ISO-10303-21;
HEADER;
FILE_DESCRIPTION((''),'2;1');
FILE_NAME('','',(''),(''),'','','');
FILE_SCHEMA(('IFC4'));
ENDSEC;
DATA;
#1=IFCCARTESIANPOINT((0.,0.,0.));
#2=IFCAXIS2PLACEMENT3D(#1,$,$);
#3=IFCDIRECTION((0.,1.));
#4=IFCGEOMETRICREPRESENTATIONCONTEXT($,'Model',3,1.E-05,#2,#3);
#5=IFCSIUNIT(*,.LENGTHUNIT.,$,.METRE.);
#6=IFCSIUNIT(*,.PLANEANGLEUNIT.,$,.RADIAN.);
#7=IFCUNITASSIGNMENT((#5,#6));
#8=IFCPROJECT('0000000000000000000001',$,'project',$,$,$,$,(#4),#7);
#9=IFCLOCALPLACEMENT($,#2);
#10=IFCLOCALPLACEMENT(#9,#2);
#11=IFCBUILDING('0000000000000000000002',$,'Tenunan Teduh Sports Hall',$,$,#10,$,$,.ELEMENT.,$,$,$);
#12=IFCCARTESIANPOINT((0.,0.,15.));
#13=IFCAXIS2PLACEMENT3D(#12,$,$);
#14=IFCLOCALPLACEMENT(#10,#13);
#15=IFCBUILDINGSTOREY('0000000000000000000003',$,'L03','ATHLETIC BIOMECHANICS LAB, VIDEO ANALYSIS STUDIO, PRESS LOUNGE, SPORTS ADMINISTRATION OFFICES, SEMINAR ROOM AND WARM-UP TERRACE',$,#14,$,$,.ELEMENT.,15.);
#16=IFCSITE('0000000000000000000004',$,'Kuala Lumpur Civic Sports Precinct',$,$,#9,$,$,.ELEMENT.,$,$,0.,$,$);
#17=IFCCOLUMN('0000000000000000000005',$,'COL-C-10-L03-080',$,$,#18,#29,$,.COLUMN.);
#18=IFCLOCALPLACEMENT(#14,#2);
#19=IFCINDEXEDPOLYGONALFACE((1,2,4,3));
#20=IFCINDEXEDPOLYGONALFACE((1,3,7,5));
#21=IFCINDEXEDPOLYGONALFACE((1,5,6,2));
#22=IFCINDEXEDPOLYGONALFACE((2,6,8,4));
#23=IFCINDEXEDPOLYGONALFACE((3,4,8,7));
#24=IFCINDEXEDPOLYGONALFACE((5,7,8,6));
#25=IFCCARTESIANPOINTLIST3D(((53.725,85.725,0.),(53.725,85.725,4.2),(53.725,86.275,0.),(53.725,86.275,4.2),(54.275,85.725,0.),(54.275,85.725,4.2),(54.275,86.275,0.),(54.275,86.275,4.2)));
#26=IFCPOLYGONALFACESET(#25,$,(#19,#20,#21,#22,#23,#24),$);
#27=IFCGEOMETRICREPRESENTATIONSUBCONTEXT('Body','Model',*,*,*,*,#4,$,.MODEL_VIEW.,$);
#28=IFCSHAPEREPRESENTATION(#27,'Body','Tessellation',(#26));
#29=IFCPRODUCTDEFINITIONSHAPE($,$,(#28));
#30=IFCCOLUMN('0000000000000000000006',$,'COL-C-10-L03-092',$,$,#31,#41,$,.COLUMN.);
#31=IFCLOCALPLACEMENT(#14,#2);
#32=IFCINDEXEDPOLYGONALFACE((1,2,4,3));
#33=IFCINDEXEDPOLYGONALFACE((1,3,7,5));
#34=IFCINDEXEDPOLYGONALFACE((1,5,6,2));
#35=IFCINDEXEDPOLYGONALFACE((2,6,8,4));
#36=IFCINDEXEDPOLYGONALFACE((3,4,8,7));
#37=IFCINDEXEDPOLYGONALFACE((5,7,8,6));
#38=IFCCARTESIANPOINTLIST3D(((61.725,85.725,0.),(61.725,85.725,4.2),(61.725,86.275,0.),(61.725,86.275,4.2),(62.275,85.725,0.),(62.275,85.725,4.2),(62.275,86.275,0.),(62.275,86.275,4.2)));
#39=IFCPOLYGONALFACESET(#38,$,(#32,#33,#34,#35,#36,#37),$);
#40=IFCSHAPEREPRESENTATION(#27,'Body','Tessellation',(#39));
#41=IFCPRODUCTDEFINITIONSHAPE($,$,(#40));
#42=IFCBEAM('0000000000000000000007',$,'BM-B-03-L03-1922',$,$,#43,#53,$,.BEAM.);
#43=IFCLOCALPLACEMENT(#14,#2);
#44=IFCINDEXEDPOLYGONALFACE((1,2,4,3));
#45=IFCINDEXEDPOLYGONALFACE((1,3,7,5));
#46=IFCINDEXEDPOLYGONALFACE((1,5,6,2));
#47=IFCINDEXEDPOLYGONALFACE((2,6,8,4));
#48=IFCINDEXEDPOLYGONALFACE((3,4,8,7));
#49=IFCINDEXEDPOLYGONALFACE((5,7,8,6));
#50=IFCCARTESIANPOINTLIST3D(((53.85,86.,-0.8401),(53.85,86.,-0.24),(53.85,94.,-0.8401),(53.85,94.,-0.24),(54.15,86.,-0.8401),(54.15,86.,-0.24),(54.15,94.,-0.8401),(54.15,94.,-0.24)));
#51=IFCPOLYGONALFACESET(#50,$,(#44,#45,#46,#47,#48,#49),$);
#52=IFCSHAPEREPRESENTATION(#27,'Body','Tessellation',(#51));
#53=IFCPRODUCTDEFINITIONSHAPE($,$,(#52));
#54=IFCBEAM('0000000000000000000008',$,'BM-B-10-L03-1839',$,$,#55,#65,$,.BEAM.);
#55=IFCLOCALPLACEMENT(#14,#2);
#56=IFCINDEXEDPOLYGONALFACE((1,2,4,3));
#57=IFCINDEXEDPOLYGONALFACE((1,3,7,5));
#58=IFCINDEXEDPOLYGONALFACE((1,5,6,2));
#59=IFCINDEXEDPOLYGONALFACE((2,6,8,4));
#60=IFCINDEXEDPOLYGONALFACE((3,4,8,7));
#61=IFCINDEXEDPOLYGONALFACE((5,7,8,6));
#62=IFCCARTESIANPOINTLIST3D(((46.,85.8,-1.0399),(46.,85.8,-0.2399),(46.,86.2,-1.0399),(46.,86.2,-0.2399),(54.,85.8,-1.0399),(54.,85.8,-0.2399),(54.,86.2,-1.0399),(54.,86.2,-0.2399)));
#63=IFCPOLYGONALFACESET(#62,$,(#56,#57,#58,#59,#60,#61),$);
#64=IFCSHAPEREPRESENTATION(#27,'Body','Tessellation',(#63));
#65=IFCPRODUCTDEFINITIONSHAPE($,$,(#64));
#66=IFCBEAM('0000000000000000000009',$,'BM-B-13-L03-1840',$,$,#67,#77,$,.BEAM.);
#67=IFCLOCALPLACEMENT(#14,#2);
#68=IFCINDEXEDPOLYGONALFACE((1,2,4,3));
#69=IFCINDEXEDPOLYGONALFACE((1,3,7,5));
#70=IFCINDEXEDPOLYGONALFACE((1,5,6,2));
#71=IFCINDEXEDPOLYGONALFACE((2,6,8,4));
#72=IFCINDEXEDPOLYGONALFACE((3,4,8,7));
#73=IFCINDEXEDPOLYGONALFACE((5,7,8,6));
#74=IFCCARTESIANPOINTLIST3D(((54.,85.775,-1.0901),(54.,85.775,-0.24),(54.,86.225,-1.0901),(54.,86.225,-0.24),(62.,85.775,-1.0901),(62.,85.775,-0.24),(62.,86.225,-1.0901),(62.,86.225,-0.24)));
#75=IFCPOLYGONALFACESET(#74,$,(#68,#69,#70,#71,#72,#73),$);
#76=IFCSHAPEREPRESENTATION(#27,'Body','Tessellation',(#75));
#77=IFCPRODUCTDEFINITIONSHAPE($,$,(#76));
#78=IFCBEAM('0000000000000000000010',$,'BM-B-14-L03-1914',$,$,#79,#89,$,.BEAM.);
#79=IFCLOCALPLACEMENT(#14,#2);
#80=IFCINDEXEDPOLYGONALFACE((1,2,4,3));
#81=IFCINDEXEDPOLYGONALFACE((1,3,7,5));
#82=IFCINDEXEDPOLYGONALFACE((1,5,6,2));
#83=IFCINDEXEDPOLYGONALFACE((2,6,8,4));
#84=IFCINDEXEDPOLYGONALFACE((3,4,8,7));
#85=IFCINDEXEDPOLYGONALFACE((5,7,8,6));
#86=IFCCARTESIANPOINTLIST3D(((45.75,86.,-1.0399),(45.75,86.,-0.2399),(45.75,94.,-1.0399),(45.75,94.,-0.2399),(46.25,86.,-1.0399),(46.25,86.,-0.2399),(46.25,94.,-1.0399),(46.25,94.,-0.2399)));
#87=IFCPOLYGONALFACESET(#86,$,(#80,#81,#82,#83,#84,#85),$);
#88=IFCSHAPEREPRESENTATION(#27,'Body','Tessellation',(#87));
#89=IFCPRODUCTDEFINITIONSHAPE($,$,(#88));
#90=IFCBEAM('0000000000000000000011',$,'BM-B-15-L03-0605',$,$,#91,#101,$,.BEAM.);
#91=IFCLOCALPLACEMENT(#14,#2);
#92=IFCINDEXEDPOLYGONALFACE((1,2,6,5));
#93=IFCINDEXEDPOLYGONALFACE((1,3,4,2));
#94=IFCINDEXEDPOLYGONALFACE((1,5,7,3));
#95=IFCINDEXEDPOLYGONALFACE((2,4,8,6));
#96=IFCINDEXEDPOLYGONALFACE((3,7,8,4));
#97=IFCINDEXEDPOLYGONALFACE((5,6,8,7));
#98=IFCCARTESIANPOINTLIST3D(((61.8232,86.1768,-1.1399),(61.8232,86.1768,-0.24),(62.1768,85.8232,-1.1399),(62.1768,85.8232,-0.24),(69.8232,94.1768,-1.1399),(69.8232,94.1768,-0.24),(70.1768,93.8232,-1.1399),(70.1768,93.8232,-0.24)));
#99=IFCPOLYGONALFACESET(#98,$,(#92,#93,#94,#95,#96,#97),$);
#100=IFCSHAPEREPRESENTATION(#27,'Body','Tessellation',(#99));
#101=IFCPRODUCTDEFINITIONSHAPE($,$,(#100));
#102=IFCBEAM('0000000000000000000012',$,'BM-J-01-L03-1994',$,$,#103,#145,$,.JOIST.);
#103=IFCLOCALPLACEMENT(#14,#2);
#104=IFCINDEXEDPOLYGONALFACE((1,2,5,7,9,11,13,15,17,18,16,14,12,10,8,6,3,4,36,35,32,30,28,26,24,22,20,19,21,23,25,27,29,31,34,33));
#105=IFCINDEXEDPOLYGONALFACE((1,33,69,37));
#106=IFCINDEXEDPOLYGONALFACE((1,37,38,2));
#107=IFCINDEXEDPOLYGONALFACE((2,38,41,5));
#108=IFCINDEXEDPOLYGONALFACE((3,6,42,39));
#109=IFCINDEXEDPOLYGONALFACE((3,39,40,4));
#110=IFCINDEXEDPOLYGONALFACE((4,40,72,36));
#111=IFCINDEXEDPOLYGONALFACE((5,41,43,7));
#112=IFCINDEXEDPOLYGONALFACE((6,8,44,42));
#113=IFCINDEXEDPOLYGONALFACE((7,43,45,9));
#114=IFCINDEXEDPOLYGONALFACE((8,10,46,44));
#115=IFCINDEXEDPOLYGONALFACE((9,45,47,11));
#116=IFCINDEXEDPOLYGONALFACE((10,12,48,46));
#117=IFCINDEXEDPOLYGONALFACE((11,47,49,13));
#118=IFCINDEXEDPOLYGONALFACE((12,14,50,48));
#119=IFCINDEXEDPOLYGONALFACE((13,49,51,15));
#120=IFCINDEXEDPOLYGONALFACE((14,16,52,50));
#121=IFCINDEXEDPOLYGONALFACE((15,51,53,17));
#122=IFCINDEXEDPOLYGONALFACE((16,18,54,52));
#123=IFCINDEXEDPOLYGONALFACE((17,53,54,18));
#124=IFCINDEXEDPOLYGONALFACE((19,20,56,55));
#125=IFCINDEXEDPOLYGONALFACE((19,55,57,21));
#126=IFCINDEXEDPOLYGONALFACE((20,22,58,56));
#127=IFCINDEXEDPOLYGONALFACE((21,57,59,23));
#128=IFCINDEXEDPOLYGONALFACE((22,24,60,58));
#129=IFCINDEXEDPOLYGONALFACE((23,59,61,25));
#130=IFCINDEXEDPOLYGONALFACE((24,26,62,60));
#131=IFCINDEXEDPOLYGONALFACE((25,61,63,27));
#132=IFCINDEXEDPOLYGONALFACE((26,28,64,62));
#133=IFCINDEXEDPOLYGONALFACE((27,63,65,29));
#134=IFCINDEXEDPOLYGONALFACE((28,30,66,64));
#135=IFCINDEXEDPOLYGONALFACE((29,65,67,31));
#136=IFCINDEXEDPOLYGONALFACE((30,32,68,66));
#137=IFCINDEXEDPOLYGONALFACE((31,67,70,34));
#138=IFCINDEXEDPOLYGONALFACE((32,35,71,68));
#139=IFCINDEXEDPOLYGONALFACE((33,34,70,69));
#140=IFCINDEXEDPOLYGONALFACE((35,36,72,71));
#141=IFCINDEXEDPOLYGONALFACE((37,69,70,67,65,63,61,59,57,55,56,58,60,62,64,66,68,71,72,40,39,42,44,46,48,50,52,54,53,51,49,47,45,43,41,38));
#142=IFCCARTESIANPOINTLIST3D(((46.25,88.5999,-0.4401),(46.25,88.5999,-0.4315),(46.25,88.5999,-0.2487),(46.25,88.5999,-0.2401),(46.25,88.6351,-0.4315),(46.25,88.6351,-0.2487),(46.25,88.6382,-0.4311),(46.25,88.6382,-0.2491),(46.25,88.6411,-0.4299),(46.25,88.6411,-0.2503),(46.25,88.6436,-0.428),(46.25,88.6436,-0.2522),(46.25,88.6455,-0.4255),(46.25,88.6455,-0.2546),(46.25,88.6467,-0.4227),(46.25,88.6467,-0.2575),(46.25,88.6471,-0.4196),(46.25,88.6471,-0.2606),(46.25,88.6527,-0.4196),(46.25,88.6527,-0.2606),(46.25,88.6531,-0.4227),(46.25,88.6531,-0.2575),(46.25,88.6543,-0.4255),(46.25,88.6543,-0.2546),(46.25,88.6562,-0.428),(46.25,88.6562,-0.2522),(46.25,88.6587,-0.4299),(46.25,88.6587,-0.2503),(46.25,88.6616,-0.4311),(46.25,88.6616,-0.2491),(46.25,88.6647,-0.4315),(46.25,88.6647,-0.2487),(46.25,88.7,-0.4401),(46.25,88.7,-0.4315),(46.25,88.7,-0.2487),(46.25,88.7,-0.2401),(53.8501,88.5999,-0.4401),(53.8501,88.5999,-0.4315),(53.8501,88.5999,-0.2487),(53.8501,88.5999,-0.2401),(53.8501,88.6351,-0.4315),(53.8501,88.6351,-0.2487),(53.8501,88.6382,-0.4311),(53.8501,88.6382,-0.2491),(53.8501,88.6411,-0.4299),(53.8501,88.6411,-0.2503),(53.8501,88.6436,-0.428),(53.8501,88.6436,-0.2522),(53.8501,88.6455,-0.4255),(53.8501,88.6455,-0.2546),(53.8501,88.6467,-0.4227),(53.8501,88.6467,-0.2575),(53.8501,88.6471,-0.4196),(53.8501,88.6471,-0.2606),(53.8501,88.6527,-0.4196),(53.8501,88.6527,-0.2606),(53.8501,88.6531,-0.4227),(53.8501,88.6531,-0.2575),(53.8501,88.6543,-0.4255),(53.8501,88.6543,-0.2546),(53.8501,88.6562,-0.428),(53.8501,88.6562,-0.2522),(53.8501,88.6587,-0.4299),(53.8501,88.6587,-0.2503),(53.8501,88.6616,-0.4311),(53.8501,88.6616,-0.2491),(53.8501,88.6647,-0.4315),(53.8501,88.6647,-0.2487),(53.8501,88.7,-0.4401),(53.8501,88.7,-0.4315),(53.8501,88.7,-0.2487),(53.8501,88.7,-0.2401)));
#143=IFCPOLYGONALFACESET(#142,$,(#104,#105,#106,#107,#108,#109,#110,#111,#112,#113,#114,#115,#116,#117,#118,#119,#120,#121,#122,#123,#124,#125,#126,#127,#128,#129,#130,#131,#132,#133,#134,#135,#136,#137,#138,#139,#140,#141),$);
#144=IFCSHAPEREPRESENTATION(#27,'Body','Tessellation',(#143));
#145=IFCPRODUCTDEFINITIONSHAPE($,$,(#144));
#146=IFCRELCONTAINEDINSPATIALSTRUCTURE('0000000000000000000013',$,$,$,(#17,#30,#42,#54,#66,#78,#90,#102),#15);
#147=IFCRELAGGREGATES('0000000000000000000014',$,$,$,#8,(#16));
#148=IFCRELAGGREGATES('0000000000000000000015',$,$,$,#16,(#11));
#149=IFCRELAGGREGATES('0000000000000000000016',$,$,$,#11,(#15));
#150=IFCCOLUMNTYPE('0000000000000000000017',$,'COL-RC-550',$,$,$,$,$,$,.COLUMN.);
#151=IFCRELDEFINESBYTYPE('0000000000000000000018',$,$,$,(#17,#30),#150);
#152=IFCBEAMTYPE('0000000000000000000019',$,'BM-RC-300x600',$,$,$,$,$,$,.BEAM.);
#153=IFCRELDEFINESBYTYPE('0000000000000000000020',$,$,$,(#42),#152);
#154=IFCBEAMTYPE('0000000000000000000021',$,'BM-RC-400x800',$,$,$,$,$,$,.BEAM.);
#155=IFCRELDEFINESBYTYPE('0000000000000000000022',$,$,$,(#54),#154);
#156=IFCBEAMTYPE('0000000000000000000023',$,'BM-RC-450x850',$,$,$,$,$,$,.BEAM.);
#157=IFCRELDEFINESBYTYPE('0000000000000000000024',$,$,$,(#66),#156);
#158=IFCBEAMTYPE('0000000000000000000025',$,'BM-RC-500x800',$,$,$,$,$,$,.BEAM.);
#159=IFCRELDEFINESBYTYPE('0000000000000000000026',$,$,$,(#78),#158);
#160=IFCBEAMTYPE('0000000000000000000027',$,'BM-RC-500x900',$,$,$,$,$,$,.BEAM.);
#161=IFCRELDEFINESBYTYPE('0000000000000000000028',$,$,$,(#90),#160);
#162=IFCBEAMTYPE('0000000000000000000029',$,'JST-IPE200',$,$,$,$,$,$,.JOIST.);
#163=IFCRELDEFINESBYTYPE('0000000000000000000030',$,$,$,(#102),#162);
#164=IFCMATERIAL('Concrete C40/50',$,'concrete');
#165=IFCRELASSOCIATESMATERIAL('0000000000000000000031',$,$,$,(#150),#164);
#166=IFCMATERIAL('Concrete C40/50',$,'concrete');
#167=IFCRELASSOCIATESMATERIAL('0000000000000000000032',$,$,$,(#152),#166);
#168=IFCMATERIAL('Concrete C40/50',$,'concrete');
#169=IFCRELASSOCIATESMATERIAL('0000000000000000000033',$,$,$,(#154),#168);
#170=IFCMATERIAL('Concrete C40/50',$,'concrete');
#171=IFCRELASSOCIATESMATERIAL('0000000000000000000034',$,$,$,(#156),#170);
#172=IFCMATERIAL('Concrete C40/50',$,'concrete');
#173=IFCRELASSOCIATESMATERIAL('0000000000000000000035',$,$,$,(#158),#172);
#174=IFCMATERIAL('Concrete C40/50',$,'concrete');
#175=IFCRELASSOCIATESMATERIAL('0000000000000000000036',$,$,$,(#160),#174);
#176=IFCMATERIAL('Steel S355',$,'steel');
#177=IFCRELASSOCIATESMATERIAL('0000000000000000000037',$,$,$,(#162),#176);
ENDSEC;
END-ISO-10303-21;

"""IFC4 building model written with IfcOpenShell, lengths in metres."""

from ifc_helpers import new_model, si_unit, direction, frame, origin, origin_2d, place, context, subcontext, project, spatial, rectangle, i_section, extrude, material, material_profile, profile_set, type_object, element, save


model = new_model("IFC4")

# Units and contexts
model_context = context("Model", 3, precision=1e-05, world=origin(), true_north=direction((0.0, 1.0)))
body_context = subcontext(model_context, "Body", "Model", "MODEL_VIEW")
ifc_project = project(units=[si_unit("LENGTHUNIT", "METRE"), si_unit("PLANEANGLEUNIT", "RADIAN")], contexts=[model_context])

# Site, building, storey
site_placement = place(None, origin())
site = spatial("IfcSite", under=ifc_project, at=site_placement, Name="Kuala Lumpur Civic Sports Precinct", CompositionType="ELEMENT", RefElevation=0.0)
building_placement = place(site_placement, origin())
building = spatial("IfcBuilding", under=site, at=building_placement, Name="Tenunan Teduh Sports Hall", CompositionType="ELEMENT")
storey_placement = place(building_placement, frame((0.0, 0.0, 15.0)))
storey = spatial("IfcBuildingStorey", under=building, at=storey_placement, Name="L03", Description="ATHLETIC BIOMECHANICS LAB, VIDEO ANALYSIS STUDIO, PRESS LOUNGE, SPORTS ADMINISTRATION OFFICES, SEMINAR ROOM AND WARM-UP TERRACE", CompositionType="ELEMENT", Elevation=15.0)

# Columns
ifc_material_1 = material(Name="Concrete C40/50", Category="concrete")
ifc_material_profile_1 = material_profile(ifc_material_1, rectangle(XDim=0.55, YDim=0.55, at=origin_2d()), Name="RC 550x550")
ifc_profile_set_1 = profile_set([ifc_material_profile_1], Name="Concrete C40/50")
column_type = type_object("IfcColumnType", Name="COL-RC-550", PredefinedType="COLUMN", material=ifc_profile_set_1)
for number, where, z_axis, x_axis, name in (
    (1, (54.0, 86.0, 0.0), (0.0, 0.0, 1.0), (1.0, 0.0, 0.0), "COL-C-10-L03-080"),
    (2, (62.0, 86.0, 0.0), (0.0, 0.0, 1.0), (1.0, 0.0, 0.0), "COL-C-10-L03-092"),
):
    element("IfcColumn", number, at=place(storey_placement, frame(where, z_axis=z_axis, x_axis=x_axis)), inside=storey, type_object=column_type, Name=name, PredefinedType="COLUMN", context=body_context, shape_type="SweptSolid", body=[
        extrude(rectangle(XDim=0.55, YDim=0.55, at=origin_2d()), origin(), (0.0, 0.0, 1.0), 4.2),
    ])

# Beams
ifc_material_2 = material(Name="Concrete C40/50", Category="concrete")
ifc_material_profile_2 = material_profile(ifc_material_2, rectangle(XDim=0.3, YDim=0.6001, at=origin_2d()), Name="RCB 300x600")
ifc_profile_set_2 = profile_set([ifc_material_profile_2], Name="Concrete C40/50")
beam_type_1 = type_object("IfcBeamType", Name="BM-RC-300x600", PredefinedType="BEAM", material=ifc_profile_set_2)
beam_1_placement = place(storey_placement, frame((54.0, 86.0, -0.54), z_axis=(0.0, 1.0, 0.0), x_axis=(-1.0, 0.0, 0.0)))
element("IfcBeam", 3, at=beam_1_placement, inside=storey, type_object=beam_type_1, Name="BM-B-03-L03-1922", PredefinedType="BEAM", context=body_context, shape_type="SweptSolid", body=[
    extrude(rectangle(XDim=0.3, YDim=0.6001, at=origin_2d()), origin(), (0.0, 0.0, 1.0), 8.0),
])
ifc_material_3 = material(Name="Concrete C40/50", Category="concrete")
ifc_material_profile_3 = material_profile(ifc_material_3, rectangle(XDim=0.3999, YDim=0.8, at=origin_2d()), Name="RCB 400x800")
ifc_profile_set_3 = profile_set([ifc_material_profile_3], Name="Concrete C40/50")
beam_type_2 = type_object("IfcBeamType", Name="BM-RC-400x800", PredefinedType="BEAM", material=ifc_profile_set_3)
beam_2_placement = place(storey_placement, frame((46.0, 86.0, -0.6399), z_axis=(1.0, 0.0, 0.0), x_axis=(0.0, 1.0, 0.0)))
element("IfcBeam", 4, at=beam_2_placement, inside=storey, type_object=beam_type_2, Name="BM-B-10-L03-1839", PredefinedType="BEAM", context=body_context, shape_type="SweptSolid", body=[
    extrude(rectangle(XDim=0.3999, YDim=0.8, at=origin_2d()), origin(), (0.0, 0.0, 1.0), 8.0),
])
ifc_material_4 = material(Name="Concrete C40/50", Category="concrete")
ifc_material_profile_4 = material_profile(ifc_material_4, rectangle(XDim=0.45, YDim=0.8501, at=origin_2d()), Name="RCB 450x850")
ifc_profile_set_4 = profile_set([ifc_material_profile_4], Name="Concrete C40/50")
beam_type_3 = type_object("IfcBeamType", Name="BM-RC-450x850", PredefinedType="BEAM", material=ifc_profile_set_4)
beam_3_placement = place(storey_placement, frame((54.0, 86.0, -0.665), z_axis=(1.0, 0.0, 0.0), x_axis=(0.0, 1.0, 0.0)))
element("IfcBeam", 5, at=beam_3_placement, inside=storey, type_object=beam_type_3, Name="BM-B-13-L03-1840", PredefinedType="BEAM", context=body_context, shape_type="SweptSolid", body=[
    extrude(rectangle(XDim=0.45, YDim=0.8501, at=origin_2d()), origin(), (0.0, 0.0, 1.0), 8.0),
])
ifc_material_5 = material(Name="Concrete C40/50", Category="concrete")
ifc_material_profile_5 = material_profile(ifc_material_5, rectangle(XDim=0.5, YDim=0.8, at=origin_2d()), Name="RCB 500x800")
ifc_profile_set_5 = profile_set([ifc_material_profile_5], Name="Concrete C40/50")
beam_type_4 = type_object("IfcBeamType", Name="BM-RC-500x800", PredefinedType="BEAM", material=ifc_profile_set_5)
beam_4_placement = place(storey_placement, frame((46.0, 86.0, -0.6399), z_axis=(0.0, 1.0, 0.0), x_axis=(-1.0, 0.0, 0.0)))
element("IfcBeam", 6, at=beam_4_placement, inside=storey, type_object=beam_type_4, Name="BM-B-14-L03-1914", PredefinedType="BEAM", context=body_context, shape_type="SweptSolid", body=[
    extrude(rectangle(XDim=0.5, YDim=0.8, at=origin_2d()), origin(), (0.0, 0.0, 1.0), 8.0),
])
ifc_material_6 = material(Name="Concrete C40/50", Category="concrete")
ifc_material_profile_6 = material_profile(ifc_material_6, rectangle(XDim=0.5, YDim=0.8999, at=origin_2d()), Name="RCB 500x900")
ifc_profile_set_6 = profile_set([ifc_material_profile_6], Name="Concrete C40/50")
beam_type_5 = type_object("IfcBeamType", Name="BM-RC-500x900", PredefinedType="BEAM", material=ifc_profile_set_6)
beam_5_placement = place(storey_placement, frame((62.0, 86.0, -0.6899), z_axis=(0.707107, 0.707107, 0.0), x_axis=(-0.707107, 0.707107, 0.0)))
element("IfcBeam", 7, at=beam_5_placement, inside=storey, type_object=beam_type_5, Name="BM-B-15-L03-0605", PredefinedType="BEAM", context=body_context, shape_type="SweptSolid", body=[
    extrude(rectangle(XDim=0.5, YDim=0.8999, at=origin_2d()), origin(), (0.0, 0.0, 1.0), 11.3137),
])
ifc_material_7 = material(Name="Steel S355", Category="steel")
ifc_material_profile_7 = material_profile(ifc_material_7, i_section(OverallWidth=0.1001, OverallDepth=0.2, WebThickness=0.0056, FlangeThickness=0.0085, FilletRadius=0.012, at=origin_2d()), Name="IPE 200")
ifc_profile_set_7 = profile_set([ifc_material_profile_7], Name="Steel S355")
beam_type_6 = type_object("IfcBeamType", Name="JST-IPE200", PredefinedType="JOIST", material=ifc_profile_set_7)
beam_6_placement = place(storey_placement, frame((46.25, 88.6499, -0.3401), z_axis=(1.0, 0.0, 0.0), x_axis=(0.0, 1.0, 0.0)))
element("IfcBeam", 8, at=beam_6_placement, inside=storey, type_object=beam_type_6, Name="BM-J-01-L03-1994", PredefinedType="JOIST", context=body_context, shape_type="SweptSolid", body=[
    extrude(i_section(OverallWidth=0.1001, OverallDepth=0.2, WebThickness=0.0056, FlangeThickness=0.0085, FilletRadius=0.012, at=origin_2d()), origin(), (0.0, 0.0, 1.0), 7.6001),
])

save(model, "model.ifc")
